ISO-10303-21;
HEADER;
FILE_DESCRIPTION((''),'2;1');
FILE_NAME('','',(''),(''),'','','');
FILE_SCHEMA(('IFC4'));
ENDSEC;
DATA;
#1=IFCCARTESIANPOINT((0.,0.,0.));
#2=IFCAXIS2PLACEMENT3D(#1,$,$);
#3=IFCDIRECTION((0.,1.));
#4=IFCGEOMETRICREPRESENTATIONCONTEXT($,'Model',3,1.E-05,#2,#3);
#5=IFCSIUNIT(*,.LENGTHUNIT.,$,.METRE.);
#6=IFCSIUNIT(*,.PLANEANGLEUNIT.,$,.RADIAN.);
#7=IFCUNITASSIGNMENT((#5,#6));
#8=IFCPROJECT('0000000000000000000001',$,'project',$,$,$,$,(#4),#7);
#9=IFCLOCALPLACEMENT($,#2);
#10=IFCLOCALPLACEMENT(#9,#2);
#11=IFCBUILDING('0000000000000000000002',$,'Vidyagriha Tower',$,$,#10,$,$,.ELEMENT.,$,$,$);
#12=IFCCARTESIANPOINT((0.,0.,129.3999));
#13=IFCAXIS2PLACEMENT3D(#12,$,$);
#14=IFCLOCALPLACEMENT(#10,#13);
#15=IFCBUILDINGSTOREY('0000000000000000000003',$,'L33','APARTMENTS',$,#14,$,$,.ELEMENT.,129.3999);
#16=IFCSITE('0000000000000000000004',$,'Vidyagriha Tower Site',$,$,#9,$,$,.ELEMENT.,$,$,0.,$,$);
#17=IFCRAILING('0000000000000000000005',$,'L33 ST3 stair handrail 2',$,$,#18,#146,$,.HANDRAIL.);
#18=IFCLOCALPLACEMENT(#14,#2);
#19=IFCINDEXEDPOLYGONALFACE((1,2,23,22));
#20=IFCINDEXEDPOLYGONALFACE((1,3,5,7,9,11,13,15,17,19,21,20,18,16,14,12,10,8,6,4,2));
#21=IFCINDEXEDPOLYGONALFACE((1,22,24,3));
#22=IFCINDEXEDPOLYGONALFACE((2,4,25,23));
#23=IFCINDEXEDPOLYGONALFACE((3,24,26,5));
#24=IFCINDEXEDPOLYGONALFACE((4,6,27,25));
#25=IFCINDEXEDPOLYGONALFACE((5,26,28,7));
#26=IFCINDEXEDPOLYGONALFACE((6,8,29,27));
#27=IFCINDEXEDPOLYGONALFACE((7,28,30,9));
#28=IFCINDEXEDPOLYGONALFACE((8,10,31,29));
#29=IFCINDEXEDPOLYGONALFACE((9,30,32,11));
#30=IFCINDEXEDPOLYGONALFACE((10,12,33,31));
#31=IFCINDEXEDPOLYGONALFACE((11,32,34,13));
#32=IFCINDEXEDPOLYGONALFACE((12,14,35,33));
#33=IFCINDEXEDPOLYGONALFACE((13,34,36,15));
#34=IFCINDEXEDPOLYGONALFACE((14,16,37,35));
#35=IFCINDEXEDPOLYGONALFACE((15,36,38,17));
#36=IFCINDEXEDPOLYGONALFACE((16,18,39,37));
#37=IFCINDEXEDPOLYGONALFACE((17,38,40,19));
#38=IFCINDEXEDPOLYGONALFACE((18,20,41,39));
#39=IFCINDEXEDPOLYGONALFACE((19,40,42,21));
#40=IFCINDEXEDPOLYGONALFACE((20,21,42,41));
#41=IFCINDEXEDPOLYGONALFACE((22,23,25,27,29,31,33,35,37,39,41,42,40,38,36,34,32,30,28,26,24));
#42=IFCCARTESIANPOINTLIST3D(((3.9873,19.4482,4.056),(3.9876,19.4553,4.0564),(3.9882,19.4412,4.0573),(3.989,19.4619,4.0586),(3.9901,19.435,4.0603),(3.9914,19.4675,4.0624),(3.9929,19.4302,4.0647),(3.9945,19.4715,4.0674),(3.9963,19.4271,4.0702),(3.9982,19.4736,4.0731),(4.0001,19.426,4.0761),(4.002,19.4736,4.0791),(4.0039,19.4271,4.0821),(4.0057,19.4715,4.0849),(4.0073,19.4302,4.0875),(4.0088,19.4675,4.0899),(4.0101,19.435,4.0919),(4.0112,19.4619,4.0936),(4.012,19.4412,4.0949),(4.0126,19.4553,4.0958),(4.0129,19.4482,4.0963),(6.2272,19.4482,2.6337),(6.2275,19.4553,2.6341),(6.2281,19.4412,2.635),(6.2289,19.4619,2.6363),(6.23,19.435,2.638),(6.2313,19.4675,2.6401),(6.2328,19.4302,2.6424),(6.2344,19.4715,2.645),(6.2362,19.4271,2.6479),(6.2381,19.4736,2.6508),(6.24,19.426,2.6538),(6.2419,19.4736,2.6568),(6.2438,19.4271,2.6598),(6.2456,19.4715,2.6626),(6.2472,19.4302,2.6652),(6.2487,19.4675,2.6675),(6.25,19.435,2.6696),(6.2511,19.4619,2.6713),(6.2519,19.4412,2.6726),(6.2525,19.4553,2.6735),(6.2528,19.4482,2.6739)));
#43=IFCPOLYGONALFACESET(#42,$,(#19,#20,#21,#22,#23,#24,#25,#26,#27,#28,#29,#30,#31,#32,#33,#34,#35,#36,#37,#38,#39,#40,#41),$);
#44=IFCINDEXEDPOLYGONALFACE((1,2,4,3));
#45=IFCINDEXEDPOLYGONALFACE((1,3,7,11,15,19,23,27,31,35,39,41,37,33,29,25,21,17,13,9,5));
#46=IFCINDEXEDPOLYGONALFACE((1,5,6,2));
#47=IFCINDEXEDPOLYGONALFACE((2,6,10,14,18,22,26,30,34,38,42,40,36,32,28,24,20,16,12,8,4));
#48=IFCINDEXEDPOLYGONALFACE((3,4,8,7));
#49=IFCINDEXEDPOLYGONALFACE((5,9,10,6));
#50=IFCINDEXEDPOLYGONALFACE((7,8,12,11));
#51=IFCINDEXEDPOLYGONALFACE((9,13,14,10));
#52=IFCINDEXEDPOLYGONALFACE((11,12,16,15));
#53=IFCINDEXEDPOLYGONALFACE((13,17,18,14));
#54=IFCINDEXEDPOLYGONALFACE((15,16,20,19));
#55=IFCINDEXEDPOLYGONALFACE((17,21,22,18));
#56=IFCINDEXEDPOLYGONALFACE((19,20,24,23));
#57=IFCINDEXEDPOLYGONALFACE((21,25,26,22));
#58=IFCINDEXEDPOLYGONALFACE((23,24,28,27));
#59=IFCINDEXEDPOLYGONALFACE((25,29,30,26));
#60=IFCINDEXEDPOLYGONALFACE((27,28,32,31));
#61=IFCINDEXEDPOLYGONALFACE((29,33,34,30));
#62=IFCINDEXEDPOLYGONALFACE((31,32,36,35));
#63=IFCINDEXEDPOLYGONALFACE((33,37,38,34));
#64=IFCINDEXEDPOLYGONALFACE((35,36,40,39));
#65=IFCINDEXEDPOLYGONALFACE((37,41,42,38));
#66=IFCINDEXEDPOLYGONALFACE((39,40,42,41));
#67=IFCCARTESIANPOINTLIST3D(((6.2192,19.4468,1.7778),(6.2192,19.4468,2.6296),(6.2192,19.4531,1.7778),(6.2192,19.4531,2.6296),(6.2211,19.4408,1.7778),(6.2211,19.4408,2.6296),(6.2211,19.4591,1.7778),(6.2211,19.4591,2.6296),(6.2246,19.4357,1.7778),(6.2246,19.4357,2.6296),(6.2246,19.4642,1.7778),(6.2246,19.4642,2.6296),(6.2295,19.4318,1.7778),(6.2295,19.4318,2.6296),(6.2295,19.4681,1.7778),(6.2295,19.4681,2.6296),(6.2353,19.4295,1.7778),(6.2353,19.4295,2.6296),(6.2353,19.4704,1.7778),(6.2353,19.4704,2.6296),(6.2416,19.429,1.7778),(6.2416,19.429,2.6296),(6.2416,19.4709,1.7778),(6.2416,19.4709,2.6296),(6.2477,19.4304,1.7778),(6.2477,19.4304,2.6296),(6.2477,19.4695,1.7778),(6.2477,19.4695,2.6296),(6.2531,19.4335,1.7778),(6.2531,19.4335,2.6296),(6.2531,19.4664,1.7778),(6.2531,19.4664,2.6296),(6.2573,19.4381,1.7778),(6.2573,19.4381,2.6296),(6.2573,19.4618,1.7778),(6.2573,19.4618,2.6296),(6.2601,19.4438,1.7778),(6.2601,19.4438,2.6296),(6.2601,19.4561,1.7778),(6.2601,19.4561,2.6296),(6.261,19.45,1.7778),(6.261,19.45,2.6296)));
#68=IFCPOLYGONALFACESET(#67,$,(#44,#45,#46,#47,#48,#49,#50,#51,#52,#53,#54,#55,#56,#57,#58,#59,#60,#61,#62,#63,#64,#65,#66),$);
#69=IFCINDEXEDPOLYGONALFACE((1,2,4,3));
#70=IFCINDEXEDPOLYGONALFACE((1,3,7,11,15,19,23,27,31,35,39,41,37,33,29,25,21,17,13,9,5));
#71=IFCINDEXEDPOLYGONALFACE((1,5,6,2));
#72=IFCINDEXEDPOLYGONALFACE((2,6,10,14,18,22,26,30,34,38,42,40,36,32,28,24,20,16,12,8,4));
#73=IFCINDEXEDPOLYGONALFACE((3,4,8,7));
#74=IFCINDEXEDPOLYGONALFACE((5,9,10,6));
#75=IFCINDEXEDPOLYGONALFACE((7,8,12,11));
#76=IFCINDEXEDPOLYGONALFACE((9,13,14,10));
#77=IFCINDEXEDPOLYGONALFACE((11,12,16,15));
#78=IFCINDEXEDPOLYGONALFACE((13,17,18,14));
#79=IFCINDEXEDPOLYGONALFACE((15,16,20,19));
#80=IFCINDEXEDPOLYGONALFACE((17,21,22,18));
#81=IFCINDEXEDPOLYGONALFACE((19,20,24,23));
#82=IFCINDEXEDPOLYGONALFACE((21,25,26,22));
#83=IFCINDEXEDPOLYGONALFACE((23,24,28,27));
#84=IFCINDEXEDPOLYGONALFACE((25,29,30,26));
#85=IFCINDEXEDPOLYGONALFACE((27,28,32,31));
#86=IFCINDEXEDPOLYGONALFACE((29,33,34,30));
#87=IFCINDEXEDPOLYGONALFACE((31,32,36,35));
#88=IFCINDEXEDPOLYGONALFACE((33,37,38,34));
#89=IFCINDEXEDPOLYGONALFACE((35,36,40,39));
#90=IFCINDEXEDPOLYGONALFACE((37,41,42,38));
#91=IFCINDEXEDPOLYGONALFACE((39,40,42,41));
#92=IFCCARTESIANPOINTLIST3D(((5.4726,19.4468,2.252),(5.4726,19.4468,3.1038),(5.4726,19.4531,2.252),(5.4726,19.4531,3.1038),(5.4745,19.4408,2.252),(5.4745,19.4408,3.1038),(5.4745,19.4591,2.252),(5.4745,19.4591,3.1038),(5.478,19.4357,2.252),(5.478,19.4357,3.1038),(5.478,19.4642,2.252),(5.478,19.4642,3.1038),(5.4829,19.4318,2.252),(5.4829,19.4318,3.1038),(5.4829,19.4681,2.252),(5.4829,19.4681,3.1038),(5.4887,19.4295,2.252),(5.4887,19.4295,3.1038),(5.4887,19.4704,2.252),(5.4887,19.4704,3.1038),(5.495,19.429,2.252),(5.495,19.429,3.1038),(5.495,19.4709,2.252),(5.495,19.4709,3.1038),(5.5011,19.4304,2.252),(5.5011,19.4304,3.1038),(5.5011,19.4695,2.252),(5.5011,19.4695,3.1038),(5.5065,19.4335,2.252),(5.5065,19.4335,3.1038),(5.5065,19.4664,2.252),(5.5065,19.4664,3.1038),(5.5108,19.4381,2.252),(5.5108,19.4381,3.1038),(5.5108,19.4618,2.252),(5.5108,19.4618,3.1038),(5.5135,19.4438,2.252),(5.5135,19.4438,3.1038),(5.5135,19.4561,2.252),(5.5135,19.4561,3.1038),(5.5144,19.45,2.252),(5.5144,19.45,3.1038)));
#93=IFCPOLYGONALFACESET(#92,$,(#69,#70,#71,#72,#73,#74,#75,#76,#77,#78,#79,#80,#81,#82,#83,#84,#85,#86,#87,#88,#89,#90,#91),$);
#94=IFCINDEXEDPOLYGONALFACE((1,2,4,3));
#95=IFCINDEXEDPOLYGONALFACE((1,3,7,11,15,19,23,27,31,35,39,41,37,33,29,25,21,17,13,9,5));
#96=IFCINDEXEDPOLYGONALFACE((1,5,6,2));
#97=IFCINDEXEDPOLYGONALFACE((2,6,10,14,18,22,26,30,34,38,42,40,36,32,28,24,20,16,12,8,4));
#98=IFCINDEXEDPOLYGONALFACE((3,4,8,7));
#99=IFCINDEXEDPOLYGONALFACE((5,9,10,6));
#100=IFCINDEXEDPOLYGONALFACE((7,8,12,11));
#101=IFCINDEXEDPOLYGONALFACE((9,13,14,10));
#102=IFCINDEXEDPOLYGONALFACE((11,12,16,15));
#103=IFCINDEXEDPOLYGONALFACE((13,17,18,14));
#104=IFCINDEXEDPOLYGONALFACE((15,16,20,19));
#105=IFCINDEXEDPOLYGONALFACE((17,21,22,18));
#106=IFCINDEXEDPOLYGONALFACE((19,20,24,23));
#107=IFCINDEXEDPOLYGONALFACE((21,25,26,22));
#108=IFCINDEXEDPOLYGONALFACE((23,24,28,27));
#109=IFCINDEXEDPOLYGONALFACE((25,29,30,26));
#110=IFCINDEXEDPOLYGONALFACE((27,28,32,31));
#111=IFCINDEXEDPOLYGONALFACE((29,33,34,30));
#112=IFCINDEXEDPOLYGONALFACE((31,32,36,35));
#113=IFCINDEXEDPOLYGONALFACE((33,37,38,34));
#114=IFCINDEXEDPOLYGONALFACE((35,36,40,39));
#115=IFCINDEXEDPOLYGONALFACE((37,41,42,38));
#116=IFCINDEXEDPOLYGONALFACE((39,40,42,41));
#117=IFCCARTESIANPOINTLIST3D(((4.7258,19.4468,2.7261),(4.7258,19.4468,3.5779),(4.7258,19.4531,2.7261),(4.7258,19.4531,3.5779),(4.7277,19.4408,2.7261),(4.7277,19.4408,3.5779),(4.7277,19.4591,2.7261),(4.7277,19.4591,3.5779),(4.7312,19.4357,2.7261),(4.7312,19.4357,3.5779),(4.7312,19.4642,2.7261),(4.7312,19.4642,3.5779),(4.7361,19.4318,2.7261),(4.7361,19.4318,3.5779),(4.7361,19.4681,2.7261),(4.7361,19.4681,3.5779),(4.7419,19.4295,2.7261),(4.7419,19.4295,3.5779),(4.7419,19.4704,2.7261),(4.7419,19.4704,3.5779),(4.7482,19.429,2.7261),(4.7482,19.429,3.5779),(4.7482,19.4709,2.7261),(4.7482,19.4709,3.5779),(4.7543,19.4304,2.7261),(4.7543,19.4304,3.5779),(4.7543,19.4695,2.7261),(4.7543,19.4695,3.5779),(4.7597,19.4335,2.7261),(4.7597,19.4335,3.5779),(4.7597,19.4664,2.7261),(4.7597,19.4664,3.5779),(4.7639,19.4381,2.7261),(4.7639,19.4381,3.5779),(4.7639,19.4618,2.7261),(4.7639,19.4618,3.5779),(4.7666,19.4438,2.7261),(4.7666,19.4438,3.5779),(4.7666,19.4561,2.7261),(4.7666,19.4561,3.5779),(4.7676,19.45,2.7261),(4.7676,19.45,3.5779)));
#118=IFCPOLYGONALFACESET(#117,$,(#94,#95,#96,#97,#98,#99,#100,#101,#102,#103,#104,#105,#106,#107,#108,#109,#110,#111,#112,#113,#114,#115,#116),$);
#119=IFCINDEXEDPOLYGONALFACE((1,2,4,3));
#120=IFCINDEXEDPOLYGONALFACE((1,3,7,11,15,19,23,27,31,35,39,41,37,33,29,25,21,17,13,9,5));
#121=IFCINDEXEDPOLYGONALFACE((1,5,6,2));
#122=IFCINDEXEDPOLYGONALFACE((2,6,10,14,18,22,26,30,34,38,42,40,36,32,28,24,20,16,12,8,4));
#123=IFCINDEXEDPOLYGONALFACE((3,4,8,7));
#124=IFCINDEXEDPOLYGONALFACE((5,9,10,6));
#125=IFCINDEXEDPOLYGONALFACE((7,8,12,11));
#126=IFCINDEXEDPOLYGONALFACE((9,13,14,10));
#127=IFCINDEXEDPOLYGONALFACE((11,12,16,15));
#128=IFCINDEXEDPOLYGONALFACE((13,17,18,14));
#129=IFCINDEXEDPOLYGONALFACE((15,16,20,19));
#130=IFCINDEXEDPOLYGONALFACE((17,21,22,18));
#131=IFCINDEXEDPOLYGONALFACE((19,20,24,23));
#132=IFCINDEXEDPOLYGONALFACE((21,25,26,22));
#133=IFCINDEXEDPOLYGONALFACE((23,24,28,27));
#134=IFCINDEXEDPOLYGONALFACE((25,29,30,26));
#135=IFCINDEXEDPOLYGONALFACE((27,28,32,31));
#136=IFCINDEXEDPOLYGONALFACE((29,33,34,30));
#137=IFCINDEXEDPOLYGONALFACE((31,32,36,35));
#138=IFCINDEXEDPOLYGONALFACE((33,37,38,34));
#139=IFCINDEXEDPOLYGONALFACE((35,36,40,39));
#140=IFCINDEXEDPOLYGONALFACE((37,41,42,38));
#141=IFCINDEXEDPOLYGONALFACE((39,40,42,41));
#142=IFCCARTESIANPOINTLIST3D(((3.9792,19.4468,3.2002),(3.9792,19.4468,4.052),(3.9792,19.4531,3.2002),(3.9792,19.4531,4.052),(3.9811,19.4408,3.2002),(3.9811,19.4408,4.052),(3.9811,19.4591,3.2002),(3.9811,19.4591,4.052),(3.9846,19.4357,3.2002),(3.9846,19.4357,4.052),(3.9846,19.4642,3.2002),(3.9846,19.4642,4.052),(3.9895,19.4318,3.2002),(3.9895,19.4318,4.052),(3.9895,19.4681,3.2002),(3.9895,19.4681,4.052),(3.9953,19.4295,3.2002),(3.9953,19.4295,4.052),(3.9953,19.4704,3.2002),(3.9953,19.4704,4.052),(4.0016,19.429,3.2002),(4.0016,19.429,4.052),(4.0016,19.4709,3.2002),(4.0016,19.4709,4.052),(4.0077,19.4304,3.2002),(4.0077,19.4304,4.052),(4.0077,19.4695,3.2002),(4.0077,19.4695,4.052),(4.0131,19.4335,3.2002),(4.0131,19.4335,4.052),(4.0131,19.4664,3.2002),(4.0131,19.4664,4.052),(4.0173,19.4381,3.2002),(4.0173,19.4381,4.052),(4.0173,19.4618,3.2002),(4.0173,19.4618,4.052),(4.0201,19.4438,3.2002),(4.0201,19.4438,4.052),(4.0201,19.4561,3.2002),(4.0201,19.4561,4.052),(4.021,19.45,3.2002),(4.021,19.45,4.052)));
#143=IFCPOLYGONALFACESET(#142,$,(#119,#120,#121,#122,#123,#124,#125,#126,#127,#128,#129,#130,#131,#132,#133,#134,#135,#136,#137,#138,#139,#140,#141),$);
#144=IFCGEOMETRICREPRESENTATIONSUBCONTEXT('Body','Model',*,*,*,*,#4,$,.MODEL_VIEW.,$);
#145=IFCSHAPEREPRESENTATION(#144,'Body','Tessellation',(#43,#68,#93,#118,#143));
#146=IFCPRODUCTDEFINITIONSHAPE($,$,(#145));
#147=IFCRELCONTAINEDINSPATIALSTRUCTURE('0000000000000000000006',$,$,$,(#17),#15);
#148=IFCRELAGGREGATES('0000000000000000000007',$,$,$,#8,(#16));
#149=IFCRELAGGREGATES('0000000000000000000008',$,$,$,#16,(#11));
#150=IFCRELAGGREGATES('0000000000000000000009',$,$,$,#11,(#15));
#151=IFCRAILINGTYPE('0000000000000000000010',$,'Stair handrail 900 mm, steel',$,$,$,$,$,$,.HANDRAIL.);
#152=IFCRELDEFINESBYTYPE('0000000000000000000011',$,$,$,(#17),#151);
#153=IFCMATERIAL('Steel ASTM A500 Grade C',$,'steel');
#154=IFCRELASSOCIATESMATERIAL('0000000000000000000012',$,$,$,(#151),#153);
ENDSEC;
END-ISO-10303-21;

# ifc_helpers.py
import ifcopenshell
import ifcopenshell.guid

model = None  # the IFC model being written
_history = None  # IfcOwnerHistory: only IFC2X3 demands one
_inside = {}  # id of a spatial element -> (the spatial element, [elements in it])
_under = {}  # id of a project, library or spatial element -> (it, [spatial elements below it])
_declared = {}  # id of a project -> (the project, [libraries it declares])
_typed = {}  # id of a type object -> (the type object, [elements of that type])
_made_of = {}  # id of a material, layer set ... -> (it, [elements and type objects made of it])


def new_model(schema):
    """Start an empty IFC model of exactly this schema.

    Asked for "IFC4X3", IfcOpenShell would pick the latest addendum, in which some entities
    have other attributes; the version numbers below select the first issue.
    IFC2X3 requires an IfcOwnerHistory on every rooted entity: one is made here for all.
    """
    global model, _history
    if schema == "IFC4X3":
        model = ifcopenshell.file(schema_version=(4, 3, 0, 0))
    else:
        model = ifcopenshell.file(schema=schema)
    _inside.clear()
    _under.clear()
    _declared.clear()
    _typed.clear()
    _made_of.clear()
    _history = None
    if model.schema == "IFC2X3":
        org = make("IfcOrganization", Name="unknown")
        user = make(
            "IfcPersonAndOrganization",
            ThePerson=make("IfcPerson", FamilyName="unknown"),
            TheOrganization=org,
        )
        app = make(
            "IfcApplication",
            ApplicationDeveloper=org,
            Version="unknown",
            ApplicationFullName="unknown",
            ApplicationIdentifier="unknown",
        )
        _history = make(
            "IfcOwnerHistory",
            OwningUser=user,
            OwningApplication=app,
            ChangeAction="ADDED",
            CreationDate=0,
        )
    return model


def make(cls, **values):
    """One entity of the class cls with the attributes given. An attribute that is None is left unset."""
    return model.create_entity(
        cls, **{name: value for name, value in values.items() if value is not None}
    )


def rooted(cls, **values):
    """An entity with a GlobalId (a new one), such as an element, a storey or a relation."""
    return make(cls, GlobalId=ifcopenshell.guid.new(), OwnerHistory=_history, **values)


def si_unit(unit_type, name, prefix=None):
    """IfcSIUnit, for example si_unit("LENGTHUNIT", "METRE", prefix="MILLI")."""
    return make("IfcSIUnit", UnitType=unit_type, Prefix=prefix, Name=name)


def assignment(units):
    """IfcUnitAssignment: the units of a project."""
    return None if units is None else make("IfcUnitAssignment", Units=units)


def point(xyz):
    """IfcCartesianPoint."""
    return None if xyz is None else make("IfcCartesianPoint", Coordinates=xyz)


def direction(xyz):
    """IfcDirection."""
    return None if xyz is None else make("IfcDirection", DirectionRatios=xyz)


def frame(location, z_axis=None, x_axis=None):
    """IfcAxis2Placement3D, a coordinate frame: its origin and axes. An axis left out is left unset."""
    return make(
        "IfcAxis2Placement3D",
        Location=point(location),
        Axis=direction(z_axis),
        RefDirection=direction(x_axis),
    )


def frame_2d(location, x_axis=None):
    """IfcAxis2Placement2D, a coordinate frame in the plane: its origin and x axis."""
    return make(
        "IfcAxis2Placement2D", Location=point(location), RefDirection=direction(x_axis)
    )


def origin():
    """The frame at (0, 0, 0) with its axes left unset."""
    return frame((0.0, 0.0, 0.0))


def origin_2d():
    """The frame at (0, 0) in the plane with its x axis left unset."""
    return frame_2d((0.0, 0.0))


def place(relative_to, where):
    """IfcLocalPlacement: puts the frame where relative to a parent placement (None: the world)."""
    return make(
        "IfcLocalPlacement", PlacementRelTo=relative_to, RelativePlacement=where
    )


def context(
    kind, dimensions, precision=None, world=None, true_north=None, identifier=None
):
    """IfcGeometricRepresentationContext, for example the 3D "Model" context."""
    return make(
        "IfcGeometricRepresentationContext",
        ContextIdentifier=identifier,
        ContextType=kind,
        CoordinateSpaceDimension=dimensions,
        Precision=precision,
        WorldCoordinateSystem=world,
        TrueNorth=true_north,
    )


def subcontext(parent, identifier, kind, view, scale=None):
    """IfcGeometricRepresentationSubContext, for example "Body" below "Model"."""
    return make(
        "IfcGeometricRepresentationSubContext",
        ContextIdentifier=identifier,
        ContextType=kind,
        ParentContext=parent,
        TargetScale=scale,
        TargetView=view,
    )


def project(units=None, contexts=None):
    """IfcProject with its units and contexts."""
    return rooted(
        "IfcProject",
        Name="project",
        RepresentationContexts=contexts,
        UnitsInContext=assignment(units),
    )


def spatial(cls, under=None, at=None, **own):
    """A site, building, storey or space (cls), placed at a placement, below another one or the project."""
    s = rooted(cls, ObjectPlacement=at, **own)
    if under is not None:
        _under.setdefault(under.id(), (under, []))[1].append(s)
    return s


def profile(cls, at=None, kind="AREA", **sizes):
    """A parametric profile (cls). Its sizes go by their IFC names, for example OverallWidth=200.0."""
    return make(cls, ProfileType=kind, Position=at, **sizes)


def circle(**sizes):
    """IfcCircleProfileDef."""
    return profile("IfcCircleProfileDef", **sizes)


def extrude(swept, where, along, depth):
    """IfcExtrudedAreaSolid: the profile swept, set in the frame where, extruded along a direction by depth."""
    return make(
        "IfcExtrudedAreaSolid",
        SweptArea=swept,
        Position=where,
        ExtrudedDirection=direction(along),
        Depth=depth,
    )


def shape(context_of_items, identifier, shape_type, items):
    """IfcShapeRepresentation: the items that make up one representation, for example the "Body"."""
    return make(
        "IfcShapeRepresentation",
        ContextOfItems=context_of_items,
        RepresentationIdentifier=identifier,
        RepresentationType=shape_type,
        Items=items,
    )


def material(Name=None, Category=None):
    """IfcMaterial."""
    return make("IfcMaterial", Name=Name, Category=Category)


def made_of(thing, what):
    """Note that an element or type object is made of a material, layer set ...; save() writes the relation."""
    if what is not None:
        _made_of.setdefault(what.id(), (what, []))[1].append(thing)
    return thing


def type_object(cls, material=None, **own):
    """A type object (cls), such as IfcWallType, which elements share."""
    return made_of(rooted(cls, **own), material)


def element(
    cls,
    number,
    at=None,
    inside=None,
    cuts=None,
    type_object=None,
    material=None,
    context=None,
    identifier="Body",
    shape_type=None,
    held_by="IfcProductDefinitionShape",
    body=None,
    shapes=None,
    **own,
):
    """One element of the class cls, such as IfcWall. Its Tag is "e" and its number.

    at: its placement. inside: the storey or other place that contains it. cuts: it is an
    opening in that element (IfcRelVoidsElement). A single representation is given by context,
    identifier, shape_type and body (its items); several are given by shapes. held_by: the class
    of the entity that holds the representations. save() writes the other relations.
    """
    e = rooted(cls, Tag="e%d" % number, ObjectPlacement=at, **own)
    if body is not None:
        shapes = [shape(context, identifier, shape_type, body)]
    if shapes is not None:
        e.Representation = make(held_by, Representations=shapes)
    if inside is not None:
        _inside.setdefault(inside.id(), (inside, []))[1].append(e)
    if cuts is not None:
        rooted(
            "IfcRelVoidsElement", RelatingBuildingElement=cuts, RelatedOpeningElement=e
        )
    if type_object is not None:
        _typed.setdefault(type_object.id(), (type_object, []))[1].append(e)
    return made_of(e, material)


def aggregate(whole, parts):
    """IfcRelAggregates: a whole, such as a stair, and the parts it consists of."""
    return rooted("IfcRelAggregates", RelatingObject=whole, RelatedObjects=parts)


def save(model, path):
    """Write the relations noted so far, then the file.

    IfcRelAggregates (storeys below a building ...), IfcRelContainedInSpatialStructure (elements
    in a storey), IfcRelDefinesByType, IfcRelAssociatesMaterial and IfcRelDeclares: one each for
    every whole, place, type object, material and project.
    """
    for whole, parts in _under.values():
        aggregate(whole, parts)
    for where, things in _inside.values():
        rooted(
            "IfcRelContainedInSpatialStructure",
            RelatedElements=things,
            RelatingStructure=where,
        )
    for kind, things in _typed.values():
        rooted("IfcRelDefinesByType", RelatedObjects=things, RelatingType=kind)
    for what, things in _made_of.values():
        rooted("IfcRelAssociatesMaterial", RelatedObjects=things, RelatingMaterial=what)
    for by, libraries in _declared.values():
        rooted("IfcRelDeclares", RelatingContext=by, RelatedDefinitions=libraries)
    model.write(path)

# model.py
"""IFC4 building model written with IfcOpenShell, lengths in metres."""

from ifc_helpers import new_model, si_unit, direction, frame, origin, origin_2d, place, context, subcontext, project, spatial, circle, extrude, material, type_object, element, save


model = new_model("IFC4")

# Units and contexts
model_context = context("Model", 3, precision=1e-05, world=origin(), true_north=direction((0.0, 1.0)))
body_context = subcontext(model_context, "Body", "Model", "MODEL_VIEW")
ifc_project = project(units=[si_unit("LENGTHUNIT", "METRE"), si_unit("PLANEANGLEUNIT", "RADIAN")], contexts=[model_context])

# Site, building, storey
site_placement = place(None, origin())
site = spatial("IfcSite", under=ifc_project, at=site_placement, Name="Vidyagriha Tower Site", CompositionType="ELEMENT", RefElevation=0.0)
building_placement = place(site_placement, origin())
building = spatial("IfcBuilding", under=site, at=building_placement, Name="Vidyagriha Tower", CompositionType="ELEMENT")
storey_placement = place(building_placement, frame((0.0, 0.0, 129.3999)))
storey = spatial("IfcBuildingStorey", under=building, at=storey_placement, Name="L33", Description="APARTMENTS", CompositionType="ELEMENT", Elevation=129.3999)

# Railing
ifc_material_1 = material(Name="Steel ASTM A500 Grade C", Category="steel")
railing_type_1 = type_object("IfcRailingType", Name="Stair handrail 900 mm, steel", PredefinedType="HANDRAIL", material=ifc_material_1)
railing_1_placement = place(storey_placement, frame((6.24, 19.45, 1.7778)))
element("IfcRailing", 1, at=railing_1_placement, inside=storey, type_object=railing_type_1, Name="L33 ST3 stair handrail 2", PredefinedType="HANDRAIL", context=body_context, shape_type="SweptSolid", body=[
    extrude(circle(Radius=0.0239, at=origin_2d()), frame((0.0, 0.0, 0.876), z_axis=(-0.844188, 0.0, 0.536048), x_axis=(0.0, -1.0, 0.0)), (0.0, 0.0, 1.0), 2.6533),
    extrude(circle(Radius=0.021, at=origin_2d()), origin(), (0.0, 0.0, 1.0), 0.8518),
    extrude(circle(Radius=0.021, at=origin_2d()), frame((-0.7466, 0.0, 0.4741)), (0.0, 0.0, 1.0), 0.8518),
    extrude(circle(Radius=0.021, at=origin_2d()), frame((-1.4934, 0.0, 0.9482)), (0.0, 0.0, 1.0), 0.8518),
    extrude(circle(Radius=0.021, at=origin_2d()), frame((-2.24, 0.0, 1.4224)), (0.0, 0.0, 1.0), 0.8518),
])

save(model, "model.ifc")
